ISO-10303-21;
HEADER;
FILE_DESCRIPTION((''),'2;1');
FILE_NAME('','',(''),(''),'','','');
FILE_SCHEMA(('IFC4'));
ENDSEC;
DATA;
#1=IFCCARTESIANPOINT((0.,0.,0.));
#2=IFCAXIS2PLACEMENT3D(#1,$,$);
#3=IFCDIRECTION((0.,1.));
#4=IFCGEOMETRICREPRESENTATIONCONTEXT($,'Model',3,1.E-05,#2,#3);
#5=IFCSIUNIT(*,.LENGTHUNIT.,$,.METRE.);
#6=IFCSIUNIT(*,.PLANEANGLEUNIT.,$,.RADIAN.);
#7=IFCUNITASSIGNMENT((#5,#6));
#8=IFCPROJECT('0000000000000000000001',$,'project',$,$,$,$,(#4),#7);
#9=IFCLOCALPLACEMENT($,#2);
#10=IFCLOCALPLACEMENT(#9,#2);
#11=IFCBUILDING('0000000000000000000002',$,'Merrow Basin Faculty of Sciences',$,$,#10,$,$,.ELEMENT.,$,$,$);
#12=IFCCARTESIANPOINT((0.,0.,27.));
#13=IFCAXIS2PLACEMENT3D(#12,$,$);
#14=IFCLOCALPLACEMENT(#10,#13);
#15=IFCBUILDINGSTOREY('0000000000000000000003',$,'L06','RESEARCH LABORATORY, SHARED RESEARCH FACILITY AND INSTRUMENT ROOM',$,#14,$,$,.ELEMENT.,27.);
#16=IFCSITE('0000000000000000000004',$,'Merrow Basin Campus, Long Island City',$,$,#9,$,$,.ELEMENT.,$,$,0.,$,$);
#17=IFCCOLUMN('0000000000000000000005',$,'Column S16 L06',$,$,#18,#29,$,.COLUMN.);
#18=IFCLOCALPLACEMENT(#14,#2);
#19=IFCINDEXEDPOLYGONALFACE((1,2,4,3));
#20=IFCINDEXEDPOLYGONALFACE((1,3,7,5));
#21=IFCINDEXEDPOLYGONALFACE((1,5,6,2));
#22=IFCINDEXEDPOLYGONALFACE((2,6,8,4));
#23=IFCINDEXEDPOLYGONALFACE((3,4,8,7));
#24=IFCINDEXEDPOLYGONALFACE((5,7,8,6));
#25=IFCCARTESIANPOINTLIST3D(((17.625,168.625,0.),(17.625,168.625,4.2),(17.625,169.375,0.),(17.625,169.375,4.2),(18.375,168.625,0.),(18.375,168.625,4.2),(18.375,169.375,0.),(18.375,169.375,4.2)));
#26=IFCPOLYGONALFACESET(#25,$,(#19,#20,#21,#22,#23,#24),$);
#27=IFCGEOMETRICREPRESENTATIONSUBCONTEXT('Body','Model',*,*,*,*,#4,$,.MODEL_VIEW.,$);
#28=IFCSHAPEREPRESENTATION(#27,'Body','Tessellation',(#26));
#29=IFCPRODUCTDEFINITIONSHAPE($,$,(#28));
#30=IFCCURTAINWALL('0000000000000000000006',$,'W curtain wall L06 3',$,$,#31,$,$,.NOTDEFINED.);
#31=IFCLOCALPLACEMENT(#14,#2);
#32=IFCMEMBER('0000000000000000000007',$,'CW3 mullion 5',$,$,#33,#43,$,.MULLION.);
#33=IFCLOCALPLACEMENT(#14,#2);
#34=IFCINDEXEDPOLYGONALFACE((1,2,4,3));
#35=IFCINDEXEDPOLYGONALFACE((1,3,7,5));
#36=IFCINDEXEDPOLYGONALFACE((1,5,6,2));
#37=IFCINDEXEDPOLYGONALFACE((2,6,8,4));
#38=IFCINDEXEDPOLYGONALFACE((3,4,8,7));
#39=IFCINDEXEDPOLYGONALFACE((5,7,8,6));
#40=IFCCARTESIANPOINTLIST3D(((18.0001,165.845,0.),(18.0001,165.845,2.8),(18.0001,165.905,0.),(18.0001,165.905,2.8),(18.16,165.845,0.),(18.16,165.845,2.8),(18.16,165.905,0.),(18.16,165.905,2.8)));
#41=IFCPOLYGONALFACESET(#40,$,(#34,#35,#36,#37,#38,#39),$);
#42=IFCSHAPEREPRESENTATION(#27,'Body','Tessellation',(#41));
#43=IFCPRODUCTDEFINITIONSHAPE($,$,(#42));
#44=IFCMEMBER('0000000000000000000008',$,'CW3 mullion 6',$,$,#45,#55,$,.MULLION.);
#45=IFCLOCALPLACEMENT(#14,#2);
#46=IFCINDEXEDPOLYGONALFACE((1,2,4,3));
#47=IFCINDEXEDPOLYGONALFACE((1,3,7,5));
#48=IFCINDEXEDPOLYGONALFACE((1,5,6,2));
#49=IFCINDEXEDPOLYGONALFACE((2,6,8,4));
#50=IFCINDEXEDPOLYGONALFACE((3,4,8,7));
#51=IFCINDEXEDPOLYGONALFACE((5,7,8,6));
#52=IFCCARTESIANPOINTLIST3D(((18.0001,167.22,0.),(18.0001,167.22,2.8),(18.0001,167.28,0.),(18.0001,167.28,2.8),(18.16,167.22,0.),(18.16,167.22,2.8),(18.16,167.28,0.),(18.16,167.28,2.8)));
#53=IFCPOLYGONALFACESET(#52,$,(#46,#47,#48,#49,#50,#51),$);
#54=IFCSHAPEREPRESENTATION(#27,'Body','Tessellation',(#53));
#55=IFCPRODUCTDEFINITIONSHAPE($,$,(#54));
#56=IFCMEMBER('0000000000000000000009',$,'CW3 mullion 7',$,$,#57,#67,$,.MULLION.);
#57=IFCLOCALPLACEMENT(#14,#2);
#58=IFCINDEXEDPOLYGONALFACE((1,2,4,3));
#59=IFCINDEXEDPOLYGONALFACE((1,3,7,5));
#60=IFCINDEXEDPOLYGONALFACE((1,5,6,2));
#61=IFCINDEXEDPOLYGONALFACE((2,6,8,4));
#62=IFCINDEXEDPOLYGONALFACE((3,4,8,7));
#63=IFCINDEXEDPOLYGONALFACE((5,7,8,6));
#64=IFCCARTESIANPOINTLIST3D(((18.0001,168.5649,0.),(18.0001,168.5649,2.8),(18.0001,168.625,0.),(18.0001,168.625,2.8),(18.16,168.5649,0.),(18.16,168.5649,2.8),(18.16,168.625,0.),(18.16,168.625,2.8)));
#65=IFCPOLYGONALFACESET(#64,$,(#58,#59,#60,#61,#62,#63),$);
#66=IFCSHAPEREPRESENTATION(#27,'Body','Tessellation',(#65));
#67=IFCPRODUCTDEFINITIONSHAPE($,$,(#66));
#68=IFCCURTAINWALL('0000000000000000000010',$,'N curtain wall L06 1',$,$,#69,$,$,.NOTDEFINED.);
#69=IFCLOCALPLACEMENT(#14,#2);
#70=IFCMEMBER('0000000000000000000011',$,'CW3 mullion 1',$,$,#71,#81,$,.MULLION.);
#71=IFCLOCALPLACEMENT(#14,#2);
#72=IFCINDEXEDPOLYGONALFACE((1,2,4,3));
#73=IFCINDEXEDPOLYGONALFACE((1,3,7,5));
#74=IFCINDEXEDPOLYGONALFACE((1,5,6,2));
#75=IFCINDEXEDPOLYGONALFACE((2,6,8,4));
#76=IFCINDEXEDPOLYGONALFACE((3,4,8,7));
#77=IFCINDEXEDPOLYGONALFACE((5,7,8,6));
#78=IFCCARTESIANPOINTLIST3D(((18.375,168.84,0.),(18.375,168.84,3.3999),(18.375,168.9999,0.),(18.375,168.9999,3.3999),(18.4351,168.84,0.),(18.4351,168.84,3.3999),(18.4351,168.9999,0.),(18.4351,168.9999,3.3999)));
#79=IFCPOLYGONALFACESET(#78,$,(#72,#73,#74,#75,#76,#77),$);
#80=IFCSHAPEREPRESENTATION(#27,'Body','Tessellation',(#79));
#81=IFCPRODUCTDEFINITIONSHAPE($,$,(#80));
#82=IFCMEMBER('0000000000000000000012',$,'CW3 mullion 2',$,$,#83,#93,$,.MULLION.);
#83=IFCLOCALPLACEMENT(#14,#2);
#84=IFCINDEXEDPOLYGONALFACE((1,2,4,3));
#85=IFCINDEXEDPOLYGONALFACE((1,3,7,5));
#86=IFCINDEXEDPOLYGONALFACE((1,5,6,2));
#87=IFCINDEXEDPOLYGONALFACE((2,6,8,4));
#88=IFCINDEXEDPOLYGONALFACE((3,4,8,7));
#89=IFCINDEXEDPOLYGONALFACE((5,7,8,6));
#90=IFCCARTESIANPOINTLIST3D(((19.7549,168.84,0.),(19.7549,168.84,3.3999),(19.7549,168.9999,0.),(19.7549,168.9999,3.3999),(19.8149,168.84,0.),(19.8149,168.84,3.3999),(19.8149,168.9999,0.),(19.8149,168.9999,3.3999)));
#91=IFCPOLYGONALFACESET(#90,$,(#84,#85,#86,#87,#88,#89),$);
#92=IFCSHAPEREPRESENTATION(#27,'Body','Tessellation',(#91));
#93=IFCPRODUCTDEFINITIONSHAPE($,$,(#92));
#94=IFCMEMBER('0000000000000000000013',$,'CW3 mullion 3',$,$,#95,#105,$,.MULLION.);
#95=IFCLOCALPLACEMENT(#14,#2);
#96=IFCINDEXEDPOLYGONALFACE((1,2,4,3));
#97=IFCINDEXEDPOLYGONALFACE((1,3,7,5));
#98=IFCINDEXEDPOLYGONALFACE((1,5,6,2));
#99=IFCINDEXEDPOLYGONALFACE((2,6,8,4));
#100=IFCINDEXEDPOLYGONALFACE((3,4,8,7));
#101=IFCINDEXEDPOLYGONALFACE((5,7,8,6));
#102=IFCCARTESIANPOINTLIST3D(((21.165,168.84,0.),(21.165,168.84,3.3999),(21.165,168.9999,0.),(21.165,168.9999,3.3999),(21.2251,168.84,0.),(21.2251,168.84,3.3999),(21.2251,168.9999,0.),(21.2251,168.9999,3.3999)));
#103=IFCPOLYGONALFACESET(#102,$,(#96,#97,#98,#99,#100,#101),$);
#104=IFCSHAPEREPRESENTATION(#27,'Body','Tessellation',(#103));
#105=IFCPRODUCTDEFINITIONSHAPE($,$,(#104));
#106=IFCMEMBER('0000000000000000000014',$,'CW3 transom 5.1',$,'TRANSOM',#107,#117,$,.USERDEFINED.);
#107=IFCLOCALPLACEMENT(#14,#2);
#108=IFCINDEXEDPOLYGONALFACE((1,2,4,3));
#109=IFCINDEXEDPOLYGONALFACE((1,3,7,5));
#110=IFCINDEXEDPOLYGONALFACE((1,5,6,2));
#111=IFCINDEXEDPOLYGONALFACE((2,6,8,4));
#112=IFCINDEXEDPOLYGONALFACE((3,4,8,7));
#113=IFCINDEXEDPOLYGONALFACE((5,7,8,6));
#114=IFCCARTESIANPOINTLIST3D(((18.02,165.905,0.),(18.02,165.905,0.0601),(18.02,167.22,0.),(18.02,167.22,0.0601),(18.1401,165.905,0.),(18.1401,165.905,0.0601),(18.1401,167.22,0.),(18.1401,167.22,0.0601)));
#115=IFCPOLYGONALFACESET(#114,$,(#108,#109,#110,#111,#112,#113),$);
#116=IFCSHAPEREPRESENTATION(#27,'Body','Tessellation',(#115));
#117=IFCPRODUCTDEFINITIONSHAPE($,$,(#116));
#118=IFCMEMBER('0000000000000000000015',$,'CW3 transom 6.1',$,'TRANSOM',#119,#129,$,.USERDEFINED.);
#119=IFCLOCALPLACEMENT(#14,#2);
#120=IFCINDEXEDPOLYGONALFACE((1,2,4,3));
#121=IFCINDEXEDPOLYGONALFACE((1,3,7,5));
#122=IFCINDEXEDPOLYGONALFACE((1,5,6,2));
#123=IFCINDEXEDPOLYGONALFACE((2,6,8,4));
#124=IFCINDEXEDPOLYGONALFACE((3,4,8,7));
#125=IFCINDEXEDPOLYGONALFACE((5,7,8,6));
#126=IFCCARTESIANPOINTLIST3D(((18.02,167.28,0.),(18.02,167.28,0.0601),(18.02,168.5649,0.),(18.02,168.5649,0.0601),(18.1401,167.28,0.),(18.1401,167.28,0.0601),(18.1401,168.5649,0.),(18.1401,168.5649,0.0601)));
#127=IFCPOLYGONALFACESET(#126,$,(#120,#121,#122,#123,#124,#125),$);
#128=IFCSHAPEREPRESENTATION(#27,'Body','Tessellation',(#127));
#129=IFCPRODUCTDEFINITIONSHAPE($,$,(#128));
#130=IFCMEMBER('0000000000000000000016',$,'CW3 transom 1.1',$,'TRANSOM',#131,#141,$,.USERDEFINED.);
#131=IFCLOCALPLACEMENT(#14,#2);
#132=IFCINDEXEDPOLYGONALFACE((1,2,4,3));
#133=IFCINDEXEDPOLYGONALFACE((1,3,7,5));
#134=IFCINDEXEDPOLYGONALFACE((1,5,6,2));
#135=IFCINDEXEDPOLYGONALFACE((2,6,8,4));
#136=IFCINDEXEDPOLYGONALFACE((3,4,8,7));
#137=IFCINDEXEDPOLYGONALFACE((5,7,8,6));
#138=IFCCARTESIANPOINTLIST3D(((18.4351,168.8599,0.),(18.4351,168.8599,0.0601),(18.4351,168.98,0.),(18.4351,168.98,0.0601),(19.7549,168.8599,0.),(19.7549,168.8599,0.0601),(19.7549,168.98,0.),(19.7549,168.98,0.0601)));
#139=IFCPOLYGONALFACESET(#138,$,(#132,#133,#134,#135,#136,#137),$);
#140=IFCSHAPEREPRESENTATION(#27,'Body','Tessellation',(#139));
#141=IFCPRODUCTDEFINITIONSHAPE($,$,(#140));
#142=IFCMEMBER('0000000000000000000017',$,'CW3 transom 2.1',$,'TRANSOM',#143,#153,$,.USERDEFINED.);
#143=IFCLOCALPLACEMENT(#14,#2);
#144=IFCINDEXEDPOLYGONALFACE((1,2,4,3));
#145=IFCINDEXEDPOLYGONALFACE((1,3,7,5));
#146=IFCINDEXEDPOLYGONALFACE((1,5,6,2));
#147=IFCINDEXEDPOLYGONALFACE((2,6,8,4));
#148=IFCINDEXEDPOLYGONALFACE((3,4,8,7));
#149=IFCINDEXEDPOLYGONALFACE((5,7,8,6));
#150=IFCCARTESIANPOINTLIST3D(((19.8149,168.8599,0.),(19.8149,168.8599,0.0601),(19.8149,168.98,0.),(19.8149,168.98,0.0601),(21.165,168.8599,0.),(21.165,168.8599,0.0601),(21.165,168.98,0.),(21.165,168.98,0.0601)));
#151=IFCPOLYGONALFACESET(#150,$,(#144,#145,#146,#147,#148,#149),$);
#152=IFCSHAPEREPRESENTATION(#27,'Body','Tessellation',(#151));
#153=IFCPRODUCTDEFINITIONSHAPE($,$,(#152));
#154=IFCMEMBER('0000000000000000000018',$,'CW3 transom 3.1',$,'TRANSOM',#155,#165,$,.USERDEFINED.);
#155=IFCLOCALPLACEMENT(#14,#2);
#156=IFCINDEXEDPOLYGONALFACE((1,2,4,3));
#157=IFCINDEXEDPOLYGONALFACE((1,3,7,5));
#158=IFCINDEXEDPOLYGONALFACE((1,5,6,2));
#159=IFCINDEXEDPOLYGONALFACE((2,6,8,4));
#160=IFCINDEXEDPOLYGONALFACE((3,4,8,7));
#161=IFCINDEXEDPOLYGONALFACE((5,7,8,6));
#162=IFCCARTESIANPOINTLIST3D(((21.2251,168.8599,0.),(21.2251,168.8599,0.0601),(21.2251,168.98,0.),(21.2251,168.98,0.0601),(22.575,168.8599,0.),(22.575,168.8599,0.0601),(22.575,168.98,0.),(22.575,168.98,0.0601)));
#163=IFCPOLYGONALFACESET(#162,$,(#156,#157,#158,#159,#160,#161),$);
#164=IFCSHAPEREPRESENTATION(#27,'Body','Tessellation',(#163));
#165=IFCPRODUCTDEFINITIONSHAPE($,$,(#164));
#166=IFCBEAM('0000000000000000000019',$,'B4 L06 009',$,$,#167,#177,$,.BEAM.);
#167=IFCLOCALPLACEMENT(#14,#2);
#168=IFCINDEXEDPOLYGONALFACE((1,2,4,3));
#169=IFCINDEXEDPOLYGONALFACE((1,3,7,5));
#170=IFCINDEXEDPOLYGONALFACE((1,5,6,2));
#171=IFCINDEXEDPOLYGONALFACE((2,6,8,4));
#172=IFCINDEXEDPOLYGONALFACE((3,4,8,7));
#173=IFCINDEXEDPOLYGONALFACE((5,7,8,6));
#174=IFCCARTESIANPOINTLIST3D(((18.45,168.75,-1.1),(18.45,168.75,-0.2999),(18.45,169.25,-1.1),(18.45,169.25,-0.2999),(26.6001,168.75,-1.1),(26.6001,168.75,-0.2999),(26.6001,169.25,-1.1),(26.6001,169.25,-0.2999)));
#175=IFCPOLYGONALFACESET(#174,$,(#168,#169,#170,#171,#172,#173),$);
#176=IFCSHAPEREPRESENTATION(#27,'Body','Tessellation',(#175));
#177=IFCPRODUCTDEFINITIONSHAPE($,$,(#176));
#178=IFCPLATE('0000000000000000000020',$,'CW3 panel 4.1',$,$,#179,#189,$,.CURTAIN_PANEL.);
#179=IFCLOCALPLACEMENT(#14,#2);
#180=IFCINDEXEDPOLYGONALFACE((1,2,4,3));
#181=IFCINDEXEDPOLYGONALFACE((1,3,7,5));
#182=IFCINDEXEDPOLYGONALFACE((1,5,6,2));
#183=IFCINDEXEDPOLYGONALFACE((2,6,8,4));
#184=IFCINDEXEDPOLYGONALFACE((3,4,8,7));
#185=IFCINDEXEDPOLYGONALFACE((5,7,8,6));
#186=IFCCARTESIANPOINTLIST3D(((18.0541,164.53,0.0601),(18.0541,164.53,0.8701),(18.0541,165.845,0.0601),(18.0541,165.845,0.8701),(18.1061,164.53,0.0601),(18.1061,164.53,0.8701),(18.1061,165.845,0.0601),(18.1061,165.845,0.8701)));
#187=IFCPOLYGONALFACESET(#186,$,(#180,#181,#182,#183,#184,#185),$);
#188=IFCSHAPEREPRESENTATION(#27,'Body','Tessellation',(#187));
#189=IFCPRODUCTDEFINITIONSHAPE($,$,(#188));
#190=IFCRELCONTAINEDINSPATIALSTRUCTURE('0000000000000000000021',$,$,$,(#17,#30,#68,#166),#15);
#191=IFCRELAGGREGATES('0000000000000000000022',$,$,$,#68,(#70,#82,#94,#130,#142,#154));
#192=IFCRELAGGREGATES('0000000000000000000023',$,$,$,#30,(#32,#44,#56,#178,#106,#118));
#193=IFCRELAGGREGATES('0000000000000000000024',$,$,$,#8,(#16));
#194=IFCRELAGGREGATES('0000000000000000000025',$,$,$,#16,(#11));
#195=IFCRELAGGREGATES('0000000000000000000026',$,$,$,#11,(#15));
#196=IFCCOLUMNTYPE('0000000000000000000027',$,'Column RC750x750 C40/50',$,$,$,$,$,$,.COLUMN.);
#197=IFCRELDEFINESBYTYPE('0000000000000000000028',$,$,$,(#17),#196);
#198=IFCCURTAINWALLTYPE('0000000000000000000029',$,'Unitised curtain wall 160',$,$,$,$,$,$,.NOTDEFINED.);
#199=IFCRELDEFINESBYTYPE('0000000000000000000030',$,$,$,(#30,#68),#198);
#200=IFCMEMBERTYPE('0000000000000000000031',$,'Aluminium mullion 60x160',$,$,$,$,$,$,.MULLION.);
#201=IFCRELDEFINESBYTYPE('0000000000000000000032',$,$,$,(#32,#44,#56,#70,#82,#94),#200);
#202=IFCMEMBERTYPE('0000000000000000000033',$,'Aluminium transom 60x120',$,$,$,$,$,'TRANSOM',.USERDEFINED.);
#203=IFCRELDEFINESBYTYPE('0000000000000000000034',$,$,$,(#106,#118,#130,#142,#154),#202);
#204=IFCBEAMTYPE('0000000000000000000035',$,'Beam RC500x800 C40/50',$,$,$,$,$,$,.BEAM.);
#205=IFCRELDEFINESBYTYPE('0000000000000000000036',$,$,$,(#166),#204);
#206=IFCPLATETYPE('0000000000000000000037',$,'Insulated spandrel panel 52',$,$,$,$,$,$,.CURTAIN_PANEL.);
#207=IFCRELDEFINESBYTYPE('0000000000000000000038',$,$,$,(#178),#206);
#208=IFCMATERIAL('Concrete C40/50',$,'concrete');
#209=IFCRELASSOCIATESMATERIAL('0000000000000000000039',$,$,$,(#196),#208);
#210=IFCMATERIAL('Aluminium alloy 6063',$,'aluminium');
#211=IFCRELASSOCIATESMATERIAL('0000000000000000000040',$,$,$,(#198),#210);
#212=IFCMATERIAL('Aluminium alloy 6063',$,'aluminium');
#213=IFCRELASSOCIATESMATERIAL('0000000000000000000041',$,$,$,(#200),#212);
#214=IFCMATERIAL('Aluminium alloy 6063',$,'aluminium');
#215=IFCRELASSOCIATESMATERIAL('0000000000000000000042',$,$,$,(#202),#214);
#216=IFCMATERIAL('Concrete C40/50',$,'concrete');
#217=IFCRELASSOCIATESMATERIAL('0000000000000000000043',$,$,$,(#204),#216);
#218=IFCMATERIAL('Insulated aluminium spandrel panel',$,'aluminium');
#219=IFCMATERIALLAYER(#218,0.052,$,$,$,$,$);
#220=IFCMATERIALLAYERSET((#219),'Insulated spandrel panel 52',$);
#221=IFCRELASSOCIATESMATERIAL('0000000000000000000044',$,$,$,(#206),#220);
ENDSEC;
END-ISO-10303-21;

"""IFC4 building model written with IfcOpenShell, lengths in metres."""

from ifc_helpers import new_model, si_unit, direction, frame, origin, origin_2d, place, context, subcontext, project, spatial, rectangle, extrude, material, layer, layer_set, material_profile, profile_set, type_object, element, aggregate, save


model = new_model("IFC4")

# Units and contexts
model_context = context("Model", 3, precision=1e-05, world=origin(), true_north=direction((0.0, 1.0)))
body_context = subcontext(model_context, "Body", "Model", "MODEL_VIEW")
ifc_project = project(units=[si_unit("LENGTHUNIT", "METRE"), si_unit("PLANEANGLEUNIT", "RADIAN")], contexts=[model_context])

# Site, building, storey
site_placement = place(None, origin())
site = spatial("IfcSite", under=ifc_project, at=site_placement, Name="Merrow Basin Campus, Long Island City", CompositionType="ELEMENT", RefElevation=0.0)
building_placement = place(site_placement, origin())
building = spatial("IfcBuilding", under=site, at=building_placement, Name="Merrow Basin Faculty of Sciences", CompositionType="ELEMENT")
storey_placement = place(building_placement, frame((0.0, 0.0, 27.0)))
storey = spatial("IfcBuildingStorey", under=building, at=storey_placement, Name="L06", Description="RESEARCH LABORATORY, SHARED RESEARCH FACILITY AND INSTRUMENT ROOM", CompositionType="ELEMENT", Elevation=27.0)

# Column
ifc_material_1 = material(Name="Concrete C40/50", Category="concrete")
ifc_material_profile_1 = material_profile(ifc_material_1, rectangle(XDim=0.75, YDim=0.75, at=origin_2d()))
ifc_profile_set_1 = profile_set([ifc_material_profile_1], Name="Concrete C40/50")
column_type = type_object("IfcColumnType", Name="Column RC750x750 C40/50", PredefinedType="COLUMN", material=ifc_profile_set_1)
column_placement = place(storey_placement, frame((18.0, 169.0, 0.0), z_axis=(0.0, 0.0, 1.0), x_axis=(1.0, 0.0, 0.0)))
element("IfcColumn", 1, at=column_placement, inside=storey, type_object=column_type, Name="Column S16 L06", PredefinedType="COLUMN", context=body_context, shape_type="SweptSolid", body=[
    extrude(rectangle(XDim=0.75, YDim=0.75, at=origin_2d()), origin(), (0.0, 0.0, 1.0), 4.2),
])

# Curtain walls, members
ifc_material_2 = material(Name="Aluminium alloy 6063", Category="aluminium")
curtain_wall_type = type_object("IfcCurtainWallType", Name="Unitised curtain wall 160", PredefinedType="NOTDEFINED", material=ifc_material_2)
curtain_wall_1_placement = place(storey_placement, origin())
curtain_wall_1 = element("IfcCurtainWall", 2, at=curtain_wall_1_placement, inside=storey, type_object=curtain_wall_type, Name="W curtain wall L06 3", PredefinedType="NOTDEFINED")
ifc_material_3 = material(Name="Aluminium alloy 6063", Category="aluminium")
ifc_material_profile_2 = material_profile(ifc_material_3, rectangle(XDim=0.1599, YDim=0.0601, at=origin_2d()))
ifc_profile_set_2 = profile_set([ifc_material_profile_2], Name="Aluminium alloy 6063")
member_type_1 = type_object("IfcMemberType", Name="Aluminium mullion 60x160", PredefinedType="MULLION", material=ifc_profile_set_2)
member_1_placement = place(storey_placement, frame((18.0801, 165.875, 0.0), z_axis=(0.0, 0.0, 1.0), x_axis=(-1.0, 0.0, 0.0)))
member_1 = element("IfcMember", 3, at=member_1_placement, type_object=member_type_1, Name="CW3 mullion 5", PredefinedType="MULLION", context=body_context, shape_type="SweptSolid", body=[
    extrude(rectangle(XDim=0.1599, YDim=0.0601, at=origin_2d()), origin(), (0.0, 0.0, 1.0), 2.8),
])
member_2_placement = place(storey_placement, frame((18.0801, 167.25, 0.0), z_axis=(0.0, 0.0, 1.0), x_axis=(-1.0, 0.0, 0.0)))
member_2 = element("IfcMember", 4, at=member_2_placement, type_object=member_type_1, Name="CW3 mullion 6", PredefinedType="MULLION", context=body_context, shape_type="SweptSolid", body=[
    extrude(rectangle(XDim=0.1599, YDim=0.0601, at=origin_2d()), origin(), (0.0, 0.0, 1.0), 2.8),
])
member_3_placement = place(storey_placement, frame((18.0801, 168.595, 0.0), z_axis=(0.0, 0.0, 1.0), x_axis=(-1.0, 0.0, 0.0)))
member_3 = element("IfcMember", 5, at=member_3_placement, type_object=member_type_1, Name="CW3 mullion 7", PredefinedType="MULLION", context=body_context, shape_type="SweptSolid", body=[
    extrude(rectangle(XDim=0.1599, YDim=0.0601, at=origin_2d()), origin(), (0.0, 0.0, 1.0), 2.8),
])
curtain_wall_2_placement = place(storey_placement, origin())
curtain_wall_2 = element("IfcCurtainWall", 6, at=curtain_wall_2_placement, inside=storey, type_object=curtain_wall_type, Name="N curtain wall L06 1", PredefinedType="NOTDEFINED")
member_4_placement = place(storey_placement, frame((18.405, 168.9199, 0.0), z_axis=(0.0, 0.0, 1.0), x_axis=(0.0, 1.0, 0.0)))
member_4 = element("IfcMember", 7, at=member_4_placement, type_object=member_type_1, Name="CW3 mullion 1", PredefinedType="MULLION", context=body_context, shape_type="SweptSolid", body=[
    extrude(rectangle(XDim=0.1599, YDim=0.0601, at=origin_2d()), origin(), (0.0, 0.0, 1.0), 3.3999),
])
member_5_placement = place(storey_placement, frame((19.7849, 168.9199, 0.0), z_axis=(0.0, 0.0, 1.0), x_axis=(0.0, 1.0, 0.0)))
member_5 = element("IfcMember", 8, at=member_5_placement, type_object=member_type_1, Name="CW3 mullion 2", PredefinedType="MULLION", context=body_context, shape_type="SweptSolid", body=[
    extrude(rectangle(XDim=0.1599, YDim=0.0601, at=origin_2d()), origin(), (0.0, 0.0, 1.0), 3.3999),
])
member_6_placement = place(storey_placement, frame((21.1951, 168.9199, 0.0), z_axis=(0.0, 0.0, 1.0), x_axis=(0.0, 1.0, 0.0)))
member_6 = element("IfcMember", 9, at=member_6_placement, type_object=member_type_1, Name="CW3 mullion 3", PredefinedType="MULLION", context=body_context, shape_type="SweptSolid", body=[
    extrude(rectangle(XDim=0.1599, YDim=0.0601, at=origin_2d()), origin(), (0.0, 0.0, 1.0), 3.3999),
])

# Members
ifc_material_4 = material(Name="Aluminium alloy 6063", Category="aluminium")
ifc_material_profile_3 = material_profile(ifc_material_4, rectangle(XDim=0.1201, YDim=0.0601, at=origin_2d()))
ifc_profile_set_3 = profile_set([ifc_material_profile_3], Name="Aluminium alloy 6063")
member_type_2 = type_object("IfcMemberType", Name="Aluminium transom 60x120", ElementType="TRANSOM", PredefinedType="USERDEFINED", material=ifc_profile_set_3)
member_7_placement = place(storey_placement, frame((18.0801, 165.905, 0.03), z_axis=(0.0, 1.0, 0.0), x_axis=(-1.0, 0.0, 0.0)))
member_7 = element("IfcMember", 10, at=member_7_placement, type_object=member_type_2, Name="CW3 transom 5.1", ObjectType="TRANSOM", PredefinedType="USERDEFINED", context=body_context, shape_type="SweptSolid", body=[
    extrude(rectangle(XDim=0.1201, YDim=0.0601, at=origin_2d()), origin(), (0.0, 0.0, 1.0), 1.3149),
])
member_8_placement = place(storey_placement, frame((18.0801, 167.28, 0.03), z_axis=(0.0, 1.0, 0.0), x_axis=(-1.0, 0.0, 0.0)))
member_8 = element("IfcMember", 11, at=member_8_placement, type_object=member_type_2, Name="CW3 transom 6.1", ObjectType="TRANSOM", PredefinedType="USERDEFINED", context=body_context, shape_type="SweptSolid", body=[
    extrude(rectangle(XDim=0.1201, YDim=0.0601, at=origin_2d()), origin(), (0.0, 0.0, 1.0), 1.2849),
])
member_9_placement = place(storey_placement, frame((18.4351, 168.9199, 0.03), z_axis=(1.0, 0.0, 0.0), x_axis=(0.0, 1.0, 0.0)))
member_9 = element("IfcMember", 12, at=member_9_placement, type_object=member_type_2, Name="CW3 transom 1.1", ObjectType="TRANSOM", PredefinedType="USERDEFINED", context=body_context, shape_type="SweptSolid", body=[
    extrude(rectangle(XDim=0.1201, YDim=0.0601, at=origin_2d()), origin(), (0.0, 0.0, 1.0), 1.3198),
])
member_10_placement = place(storey_placement, frame((19.8149, 168.9199, 0.03), z_axis=(1.0, 0.0, 0.0), x_axis=(0.0, 1.0, 0.0)))
member_10 = element("IfcMember", 13, at=member_10_placement, type_object=member_type_2, Name="CW3 transom 2.1", ObjectType="TRANSOM", PredefinedType="USERDEFINED", context=body_context, shape_type="SweptSolid", body=[
    extrude(rectangle(XDim=0.1201, YDim=0.0601, at=origin_2d()), origin(), (0.0, 0.0, 1.0), 1.3501),
])
member_11_placement = place(storey_placement, frame((21.2251, 168.9199, 0.03), z_axis=(1.0, 0.0, 0.0), x_axis=(0.0, 1.0, 0.0)))
member_11 = element("IfcMember", 14, at=member_11_placement, type_object=member_type_2, Name="CW3 transom 3.1", ObjectType="TRANSOM", PredefinedType="USERDEFINED", context=body_context, shape_type="SweptSolid", body=[
    extrude(rectangle(XDim=0.1201, YDim=0.0601, at=origin_2d()), origin(), (0.0, 0.0, 1.0), 1.3499),
])
aggregate(curtain_wall_2, [member_4, member_5, member_6, member_9, member_10, member_11])

# Beam
ifc_material_5 = material(Name="Concrete C40/50", Category="concrete")
ifc_material_profile_4 = material_profile(ifc_material_5, rectangle(XDim=0.5, YDim=0.8, at=origin_2d()))
ifc_profile_set_4 = profile_set([ifc_material_profile_4], Name="Concrete C40/50")
beam_type = type_object("IfcBeamType", Name="Beam RC500x800 C40/50", PredefinedType="BEAM", material=ifc_profile_set_4)
beam_placement = place(storey_placement, frame((18.45, 169.0, -0.7), z_axis=(1.0, 0.0, 0.0), x_axis=(0.0, 1.0, 0.0)))
element("IfcBeam", 15, at=beam_placement, inside=storey, type_object=beam_type, Name="B4 L06 009", PredefinedType="BEAM", context=body_context, shape_type="SweptSolid", body=[
    extrude(rectangle(XDim=0.5, YDim=0.8, at=origin_2d()), origin(), (0.0, 0.0, 1.0), 8.1501),
])

# Plate
ifc_material_6 = material(Name="Insulated aluminium spandrel panel", Category="aluminium")
ifc_layer = layer(ifc_material_6, 0.052)
ifc_layer_set = layer_set([ifc_layer], Name="Insulated spandrel panel 52")
plate_type = type_object("IfcPlateType", Name="Insulated spandrel panel 52", PredefinedType="CURTAIN_PANEL", material=ifc_layer_set)
plate_1_placement = place(storey_placement, frame((18.0801, 165.1875, 0.0601), z_axis=(0.0, 0.0, 1.0), x_axis=(0.0, 1.0, 0.0)))
plate_1 = element("IfcPlate", 16, at=plate_1_placement, type_object=plate_type, Name="CW3 panel 4.1", PredefinedType="CURTAIN_PANEL", context=body_context, shape_type="SweptSolid", body=[
    extrude(rectangle(XDim=1.3149, YDim=0.052, at=origin_2d()), origin(), (0.0, 0.0, 1.0), 0.8101),
])
aggregate(curtain_wall_1, [member_1, member_2, member_3, plate_1, member_7, member_8])

save(model, "model.ifc")
